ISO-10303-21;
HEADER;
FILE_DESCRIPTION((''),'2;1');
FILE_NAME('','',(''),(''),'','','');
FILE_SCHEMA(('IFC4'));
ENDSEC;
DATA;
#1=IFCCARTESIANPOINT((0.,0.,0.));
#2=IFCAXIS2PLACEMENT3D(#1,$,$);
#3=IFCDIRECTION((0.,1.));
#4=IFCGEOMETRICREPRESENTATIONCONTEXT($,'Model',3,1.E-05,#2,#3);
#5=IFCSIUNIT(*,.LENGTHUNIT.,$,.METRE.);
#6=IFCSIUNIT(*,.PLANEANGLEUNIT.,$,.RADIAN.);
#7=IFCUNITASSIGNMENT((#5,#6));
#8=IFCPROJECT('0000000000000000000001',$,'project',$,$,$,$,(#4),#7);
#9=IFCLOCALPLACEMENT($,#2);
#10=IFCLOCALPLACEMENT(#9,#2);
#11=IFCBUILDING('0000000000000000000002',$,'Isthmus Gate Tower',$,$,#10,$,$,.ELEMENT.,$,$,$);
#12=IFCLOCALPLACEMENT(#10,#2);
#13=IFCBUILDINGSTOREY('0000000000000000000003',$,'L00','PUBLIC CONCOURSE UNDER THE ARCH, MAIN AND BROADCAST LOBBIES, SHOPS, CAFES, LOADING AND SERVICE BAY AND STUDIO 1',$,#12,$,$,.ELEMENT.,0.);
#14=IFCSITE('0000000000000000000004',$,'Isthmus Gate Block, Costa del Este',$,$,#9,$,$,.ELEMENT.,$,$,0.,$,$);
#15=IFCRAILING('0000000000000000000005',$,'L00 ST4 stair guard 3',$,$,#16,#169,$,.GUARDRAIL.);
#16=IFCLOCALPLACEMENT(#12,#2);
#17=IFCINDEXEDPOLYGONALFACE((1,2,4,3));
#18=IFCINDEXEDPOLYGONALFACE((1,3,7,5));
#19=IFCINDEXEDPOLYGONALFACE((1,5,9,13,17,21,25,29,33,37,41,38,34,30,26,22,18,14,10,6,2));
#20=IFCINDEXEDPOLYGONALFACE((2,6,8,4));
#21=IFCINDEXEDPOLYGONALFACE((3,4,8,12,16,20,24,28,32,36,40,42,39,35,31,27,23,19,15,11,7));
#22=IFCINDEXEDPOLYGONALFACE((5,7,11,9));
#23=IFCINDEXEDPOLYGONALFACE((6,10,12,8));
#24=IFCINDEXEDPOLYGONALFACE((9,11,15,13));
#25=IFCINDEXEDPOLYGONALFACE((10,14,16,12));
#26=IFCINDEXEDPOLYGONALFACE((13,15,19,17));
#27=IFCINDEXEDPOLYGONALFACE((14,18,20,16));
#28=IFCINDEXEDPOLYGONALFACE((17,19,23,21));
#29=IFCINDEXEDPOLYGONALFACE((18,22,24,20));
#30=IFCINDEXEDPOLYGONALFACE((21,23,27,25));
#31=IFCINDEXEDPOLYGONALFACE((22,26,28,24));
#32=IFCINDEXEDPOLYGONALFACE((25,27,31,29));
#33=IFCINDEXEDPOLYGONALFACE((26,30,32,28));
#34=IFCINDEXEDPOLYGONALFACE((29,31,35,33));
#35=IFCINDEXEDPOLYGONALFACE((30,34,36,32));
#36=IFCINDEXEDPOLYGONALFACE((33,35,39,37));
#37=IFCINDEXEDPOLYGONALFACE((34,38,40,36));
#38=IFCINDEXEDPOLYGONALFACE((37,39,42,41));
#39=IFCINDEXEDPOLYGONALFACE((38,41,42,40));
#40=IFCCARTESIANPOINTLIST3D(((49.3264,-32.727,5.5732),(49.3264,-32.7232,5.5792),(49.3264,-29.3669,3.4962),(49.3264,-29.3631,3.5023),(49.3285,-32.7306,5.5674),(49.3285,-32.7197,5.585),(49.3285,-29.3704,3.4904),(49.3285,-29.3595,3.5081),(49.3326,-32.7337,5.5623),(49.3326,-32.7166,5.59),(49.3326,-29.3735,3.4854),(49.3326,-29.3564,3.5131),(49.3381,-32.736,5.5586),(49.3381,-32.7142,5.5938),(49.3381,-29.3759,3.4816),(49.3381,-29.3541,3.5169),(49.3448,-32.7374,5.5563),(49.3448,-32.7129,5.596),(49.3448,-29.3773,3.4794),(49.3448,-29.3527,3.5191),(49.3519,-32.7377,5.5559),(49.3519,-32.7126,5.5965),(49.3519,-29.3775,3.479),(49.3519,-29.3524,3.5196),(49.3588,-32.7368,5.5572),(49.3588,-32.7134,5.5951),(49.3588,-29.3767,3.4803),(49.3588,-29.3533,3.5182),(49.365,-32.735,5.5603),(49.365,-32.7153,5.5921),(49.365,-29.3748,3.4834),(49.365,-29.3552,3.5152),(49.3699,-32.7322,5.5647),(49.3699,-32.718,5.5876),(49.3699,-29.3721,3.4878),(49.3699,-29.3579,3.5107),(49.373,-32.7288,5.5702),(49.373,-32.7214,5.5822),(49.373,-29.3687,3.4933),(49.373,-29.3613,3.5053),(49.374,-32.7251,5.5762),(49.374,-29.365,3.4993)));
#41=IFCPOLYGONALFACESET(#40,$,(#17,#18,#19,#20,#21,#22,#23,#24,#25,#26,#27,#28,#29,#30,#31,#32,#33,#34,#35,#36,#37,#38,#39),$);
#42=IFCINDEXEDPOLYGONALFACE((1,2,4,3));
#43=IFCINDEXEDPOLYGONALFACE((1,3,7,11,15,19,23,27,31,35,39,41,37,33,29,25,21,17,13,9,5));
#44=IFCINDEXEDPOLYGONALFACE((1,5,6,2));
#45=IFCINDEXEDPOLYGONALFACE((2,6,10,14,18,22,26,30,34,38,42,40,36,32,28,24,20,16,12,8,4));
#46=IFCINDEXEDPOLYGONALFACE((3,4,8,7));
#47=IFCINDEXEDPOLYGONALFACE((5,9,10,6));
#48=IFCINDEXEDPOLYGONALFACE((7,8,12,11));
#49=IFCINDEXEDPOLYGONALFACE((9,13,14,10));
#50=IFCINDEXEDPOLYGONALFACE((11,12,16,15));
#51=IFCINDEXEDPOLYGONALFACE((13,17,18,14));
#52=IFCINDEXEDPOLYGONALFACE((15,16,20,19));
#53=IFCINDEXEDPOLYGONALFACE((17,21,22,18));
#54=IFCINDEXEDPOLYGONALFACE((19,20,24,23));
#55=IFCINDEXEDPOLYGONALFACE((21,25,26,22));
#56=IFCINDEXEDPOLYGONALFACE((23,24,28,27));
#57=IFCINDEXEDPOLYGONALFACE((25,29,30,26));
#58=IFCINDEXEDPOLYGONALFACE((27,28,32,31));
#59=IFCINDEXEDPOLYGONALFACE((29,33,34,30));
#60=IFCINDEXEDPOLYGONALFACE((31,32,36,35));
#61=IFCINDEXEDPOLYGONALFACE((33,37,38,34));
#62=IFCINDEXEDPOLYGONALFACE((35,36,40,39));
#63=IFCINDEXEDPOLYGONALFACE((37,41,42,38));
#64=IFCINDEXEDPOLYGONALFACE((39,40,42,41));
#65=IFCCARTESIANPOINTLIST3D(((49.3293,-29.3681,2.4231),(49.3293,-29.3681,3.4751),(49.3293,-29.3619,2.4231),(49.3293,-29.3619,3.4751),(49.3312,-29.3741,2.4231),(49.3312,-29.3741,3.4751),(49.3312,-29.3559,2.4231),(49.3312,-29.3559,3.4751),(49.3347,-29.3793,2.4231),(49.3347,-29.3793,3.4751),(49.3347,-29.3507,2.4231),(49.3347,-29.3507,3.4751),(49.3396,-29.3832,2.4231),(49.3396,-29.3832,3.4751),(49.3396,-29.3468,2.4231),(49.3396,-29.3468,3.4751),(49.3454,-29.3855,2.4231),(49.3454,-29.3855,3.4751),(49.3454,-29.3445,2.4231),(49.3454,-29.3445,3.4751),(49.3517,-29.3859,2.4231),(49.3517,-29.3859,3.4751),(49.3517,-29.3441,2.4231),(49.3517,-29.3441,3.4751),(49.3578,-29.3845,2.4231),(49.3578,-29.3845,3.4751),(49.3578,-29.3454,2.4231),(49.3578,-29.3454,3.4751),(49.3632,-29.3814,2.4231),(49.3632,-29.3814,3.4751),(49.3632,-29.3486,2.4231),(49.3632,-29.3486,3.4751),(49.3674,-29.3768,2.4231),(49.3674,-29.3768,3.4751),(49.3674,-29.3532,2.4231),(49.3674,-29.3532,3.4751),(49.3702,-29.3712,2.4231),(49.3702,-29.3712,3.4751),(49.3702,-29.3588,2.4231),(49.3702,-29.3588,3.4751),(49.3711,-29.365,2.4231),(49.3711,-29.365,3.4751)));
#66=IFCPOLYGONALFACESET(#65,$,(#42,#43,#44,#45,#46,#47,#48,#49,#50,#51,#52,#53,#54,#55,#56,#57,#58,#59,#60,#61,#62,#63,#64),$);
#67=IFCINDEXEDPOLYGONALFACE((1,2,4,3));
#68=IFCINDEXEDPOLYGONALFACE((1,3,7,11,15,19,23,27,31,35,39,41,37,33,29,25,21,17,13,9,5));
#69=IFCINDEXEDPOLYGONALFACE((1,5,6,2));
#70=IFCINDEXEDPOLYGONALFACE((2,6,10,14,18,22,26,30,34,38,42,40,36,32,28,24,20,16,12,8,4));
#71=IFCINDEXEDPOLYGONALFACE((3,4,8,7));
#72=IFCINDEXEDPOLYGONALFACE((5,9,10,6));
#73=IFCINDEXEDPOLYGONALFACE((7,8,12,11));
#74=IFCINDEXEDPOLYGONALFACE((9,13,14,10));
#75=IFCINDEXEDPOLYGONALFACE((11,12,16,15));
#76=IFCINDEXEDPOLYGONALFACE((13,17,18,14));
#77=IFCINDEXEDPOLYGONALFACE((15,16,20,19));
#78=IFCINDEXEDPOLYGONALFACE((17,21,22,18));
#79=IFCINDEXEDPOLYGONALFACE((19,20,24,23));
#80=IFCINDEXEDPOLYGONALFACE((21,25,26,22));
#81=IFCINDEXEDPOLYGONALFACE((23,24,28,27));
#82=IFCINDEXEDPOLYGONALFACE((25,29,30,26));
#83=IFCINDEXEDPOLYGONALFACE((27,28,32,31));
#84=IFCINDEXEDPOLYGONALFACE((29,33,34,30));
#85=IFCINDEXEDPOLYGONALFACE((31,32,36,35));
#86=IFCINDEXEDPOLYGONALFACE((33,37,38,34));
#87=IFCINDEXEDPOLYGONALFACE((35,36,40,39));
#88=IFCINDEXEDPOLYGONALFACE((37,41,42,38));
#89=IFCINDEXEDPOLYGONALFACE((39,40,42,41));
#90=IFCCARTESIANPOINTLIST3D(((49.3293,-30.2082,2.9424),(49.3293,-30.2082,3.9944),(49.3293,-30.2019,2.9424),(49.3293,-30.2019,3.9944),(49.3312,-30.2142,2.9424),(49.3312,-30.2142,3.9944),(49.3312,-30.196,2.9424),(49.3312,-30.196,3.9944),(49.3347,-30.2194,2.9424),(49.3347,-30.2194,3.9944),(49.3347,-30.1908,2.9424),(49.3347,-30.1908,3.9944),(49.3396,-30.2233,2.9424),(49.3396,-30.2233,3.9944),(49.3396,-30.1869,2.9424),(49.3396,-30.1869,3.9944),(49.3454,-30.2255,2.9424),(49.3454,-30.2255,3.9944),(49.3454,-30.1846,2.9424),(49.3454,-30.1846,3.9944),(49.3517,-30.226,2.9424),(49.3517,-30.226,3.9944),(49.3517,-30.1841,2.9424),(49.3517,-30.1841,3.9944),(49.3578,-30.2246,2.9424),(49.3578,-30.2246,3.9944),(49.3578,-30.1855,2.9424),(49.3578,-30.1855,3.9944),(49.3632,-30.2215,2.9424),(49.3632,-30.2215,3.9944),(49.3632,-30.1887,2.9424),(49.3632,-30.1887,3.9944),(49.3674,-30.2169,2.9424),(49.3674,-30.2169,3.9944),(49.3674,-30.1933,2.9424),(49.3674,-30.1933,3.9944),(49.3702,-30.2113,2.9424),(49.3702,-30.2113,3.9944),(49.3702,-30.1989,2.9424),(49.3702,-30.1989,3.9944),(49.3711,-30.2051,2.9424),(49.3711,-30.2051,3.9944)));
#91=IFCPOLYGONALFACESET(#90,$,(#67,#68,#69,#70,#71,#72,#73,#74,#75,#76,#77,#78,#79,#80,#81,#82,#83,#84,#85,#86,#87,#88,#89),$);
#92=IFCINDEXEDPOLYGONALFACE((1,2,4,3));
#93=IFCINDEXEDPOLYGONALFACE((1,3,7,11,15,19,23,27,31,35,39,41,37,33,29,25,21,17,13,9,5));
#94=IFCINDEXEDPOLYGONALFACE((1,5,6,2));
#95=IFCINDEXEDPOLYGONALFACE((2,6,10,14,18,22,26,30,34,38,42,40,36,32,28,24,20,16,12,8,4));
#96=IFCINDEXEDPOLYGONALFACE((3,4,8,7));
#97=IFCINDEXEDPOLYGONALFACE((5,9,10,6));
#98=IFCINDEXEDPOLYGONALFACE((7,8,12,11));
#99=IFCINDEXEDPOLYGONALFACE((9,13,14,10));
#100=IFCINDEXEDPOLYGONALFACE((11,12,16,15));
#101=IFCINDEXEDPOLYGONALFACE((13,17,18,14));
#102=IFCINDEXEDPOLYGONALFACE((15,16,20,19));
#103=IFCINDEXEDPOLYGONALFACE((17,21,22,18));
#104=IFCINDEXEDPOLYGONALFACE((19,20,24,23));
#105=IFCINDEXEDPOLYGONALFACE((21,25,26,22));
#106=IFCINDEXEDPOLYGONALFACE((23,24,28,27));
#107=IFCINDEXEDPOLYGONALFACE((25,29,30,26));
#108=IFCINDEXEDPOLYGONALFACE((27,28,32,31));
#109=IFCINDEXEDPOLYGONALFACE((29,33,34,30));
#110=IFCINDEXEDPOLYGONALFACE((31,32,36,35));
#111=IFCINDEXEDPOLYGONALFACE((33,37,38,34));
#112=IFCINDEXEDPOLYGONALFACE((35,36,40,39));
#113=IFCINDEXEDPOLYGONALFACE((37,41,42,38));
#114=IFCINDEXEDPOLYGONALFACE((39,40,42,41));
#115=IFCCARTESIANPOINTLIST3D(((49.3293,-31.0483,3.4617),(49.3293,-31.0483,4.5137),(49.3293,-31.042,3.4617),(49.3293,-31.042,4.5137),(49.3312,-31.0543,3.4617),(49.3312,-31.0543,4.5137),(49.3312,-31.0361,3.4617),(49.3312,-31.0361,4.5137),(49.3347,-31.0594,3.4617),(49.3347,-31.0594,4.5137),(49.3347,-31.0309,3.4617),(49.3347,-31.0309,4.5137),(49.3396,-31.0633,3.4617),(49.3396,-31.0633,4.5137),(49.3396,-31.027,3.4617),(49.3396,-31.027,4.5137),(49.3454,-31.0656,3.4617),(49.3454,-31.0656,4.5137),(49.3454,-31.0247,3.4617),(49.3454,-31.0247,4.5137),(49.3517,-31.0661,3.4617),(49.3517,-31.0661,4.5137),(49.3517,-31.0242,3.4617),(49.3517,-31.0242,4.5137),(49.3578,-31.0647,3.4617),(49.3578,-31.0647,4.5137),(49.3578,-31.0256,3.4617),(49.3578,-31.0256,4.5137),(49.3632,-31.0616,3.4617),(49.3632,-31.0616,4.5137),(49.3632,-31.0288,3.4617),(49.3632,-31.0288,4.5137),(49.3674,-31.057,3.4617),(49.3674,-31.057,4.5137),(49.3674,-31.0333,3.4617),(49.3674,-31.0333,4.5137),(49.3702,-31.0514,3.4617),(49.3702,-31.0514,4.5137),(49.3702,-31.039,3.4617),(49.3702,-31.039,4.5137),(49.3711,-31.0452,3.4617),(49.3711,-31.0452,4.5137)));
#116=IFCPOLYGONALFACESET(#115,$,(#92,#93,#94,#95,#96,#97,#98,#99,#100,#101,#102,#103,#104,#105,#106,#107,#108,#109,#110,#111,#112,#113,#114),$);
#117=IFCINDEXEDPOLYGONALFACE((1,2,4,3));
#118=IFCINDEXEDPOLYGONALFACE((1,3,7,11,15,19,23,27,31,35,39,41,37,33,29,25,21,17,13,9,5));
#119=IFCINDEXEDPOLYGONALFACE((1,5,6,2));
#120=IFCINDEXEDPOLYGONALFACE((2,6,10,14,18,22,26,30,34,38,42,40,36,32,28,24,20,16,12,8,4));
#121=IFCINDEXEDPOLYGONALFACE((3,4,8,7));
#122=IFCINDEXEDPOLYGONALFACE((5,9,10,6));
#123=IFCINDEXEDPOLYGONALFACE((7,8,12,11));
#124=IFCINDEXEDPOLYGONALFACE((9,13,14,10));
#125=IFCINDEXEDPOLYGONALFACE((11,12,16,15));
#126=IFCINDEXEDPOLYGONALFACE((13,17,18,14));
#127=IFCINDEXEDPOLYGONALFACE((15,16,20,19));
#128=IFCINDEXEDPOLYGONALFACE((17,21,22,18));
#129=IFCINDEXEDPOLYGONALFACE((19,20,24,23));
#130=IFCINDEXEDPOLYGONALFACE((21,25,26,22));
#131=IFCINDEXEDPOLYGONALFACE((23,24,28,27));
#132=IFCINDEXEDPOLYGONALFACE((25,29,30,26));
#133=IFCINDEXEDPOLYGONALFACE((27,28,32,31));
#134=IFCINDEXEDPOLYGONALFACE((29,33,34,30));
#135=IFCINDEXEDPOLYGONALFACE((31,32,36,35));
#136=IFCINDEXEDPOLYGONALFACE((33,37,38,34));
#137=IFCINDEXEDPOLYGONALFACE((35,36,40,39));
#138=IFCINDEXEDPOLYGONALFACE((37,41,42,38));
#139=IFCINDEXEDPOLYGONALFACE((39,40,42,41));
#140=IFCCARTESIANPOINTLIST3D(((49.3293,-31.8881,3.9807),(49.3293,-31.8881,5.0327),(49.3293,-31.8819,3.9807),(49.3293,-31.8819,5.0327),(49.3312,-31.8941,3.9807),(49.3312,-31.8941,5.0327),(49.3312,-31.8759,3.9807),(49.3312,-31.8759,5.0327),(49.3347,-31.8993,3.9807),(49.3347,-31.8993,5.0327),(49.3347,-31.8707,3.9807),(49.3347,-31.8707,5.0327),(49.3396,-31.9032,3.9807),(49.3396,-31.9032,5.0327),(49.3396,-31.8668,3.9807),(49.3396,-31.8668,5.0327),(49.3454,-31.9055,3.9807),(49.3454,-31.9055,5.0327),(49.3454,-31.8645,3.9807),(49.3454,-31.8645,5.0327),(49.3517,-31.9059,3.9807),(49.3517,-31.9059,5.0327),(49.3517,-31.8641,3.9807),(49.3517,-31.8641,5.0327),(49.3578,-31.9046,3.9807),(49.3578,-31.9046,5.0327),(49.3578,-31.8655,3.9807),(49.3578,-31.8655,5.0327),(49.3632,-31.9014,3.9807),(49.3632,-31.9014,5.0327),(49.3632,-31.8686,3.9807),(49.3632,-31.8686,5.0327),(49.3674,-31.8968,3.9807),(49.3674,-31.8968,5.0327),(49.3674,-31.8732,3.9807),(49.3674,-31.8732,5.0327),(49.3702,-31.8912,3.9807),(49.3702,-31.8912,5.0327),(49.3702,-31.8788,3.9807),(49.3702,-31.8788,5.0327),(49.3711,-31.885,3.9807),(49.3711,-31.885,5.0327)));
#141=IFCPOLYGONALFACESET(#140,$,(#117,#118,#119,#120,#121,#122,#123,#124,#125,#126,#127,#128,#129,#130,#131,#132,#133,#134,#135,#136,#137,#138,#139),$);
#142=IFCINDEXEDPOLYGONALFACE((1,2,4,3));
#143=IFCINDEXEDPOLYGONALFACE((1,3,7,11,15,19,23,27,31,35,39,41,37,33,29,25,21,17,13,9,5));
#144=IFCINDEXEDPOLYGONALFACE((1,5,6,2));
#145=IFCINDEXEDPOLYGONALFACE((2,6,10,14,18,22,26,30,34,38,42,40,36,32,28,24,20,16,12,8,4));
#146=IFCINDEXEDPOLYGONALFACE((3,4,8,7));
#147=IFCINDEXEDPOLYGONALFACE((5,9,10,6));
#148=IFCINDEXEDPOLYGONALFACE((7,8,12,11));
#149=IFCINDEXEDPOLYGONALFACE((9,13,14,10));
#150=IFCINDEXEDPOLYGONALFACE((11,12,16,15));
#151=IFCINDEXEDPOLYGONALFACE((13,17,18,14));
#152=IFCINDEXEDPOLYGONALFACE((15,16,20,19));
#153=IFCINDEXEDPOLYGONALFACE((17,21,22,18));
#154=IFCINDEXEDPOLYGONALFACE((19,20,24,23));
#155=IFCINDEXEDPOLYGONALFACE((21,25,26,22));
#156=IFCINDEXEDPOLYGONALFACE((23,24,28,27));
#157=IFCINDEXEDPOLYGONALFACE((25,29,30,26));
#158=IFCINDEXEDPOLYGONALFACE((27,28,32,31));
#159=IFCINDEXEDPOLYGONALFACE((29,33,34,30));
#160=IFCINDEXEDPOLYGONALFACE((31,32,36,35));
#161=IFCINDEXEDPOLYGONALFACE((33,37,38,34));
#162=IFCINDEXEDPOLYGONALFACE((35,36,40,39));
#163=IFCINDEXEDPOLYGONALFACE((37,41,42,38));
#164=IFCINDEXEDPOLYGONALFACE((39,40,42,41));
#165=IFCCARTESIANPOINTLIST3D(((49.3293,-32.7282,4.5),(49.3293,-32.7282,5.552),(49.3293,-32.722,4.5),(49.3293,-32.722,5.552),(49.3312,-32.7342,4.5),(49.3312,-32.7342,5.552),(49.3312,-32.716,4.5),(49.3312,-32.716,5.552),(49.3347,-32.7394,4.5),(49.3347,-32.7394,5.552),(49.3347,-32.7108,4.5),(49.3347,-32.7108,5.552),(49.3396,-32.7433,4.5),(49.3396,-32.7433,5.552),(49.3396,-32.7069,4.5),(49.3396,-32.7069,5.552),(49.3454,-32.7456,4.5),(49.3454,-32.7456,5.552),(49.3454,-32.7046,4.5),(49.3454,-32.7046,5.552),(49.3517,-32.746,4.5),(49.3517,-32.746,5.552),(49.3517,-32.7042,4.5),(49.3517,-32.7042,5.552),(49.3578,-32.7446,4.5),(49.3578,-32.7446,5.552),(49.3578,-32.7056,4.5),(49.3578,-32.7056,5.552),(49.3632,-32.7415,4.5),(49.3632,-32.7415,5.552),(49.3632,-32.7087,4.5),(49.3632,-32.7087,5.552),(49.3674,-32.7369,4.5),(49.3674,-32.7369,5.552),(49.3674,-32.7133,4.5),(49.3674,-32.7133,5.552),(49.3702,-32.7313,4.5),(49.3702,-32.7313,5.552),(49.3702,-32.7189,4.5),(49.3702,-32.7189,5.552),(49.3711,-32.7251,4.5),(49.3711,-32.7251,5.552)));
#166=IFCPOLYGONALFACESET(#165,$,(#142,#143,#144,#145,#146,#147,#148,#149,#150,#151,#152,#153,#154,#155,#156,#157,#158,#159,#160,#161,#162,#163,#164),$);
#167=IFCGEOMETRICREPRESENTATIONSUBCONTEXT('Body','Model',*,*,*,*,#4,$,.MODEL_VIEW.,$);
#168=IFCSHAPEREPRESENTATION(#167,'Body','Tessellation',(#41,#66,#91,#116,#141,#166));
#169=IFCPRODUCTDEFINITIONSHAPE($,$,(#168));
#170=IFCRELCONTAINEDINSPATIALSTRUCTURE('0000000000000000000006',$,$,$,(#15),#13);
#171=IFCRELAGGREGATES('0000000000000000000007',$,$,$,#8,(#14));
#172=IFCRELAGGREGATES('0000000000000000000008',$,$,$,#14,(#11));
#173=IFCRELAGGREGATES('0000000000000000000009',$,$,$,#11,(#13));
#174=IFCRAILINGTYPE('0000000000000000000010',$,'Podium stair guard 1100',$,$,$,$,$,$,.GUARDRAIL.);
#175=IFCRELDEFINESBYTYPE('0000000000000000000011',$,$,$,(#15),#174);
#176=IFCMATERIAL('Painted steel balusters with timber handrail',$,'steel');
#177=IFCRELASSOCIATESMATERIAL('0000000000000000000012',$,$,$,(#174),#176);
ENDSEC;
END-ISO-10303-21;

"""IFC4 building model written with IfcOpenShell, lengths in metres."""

from ifc_helpers import new_model, si_unit, direction, frame, origin, origin_2d, place, context, subcontext, project, spatial, circle, extrude, material, type_object, element, save


model = new_model("IFC4")

# Units and contexts
model_context = context("Model", 3, precision=1e-05, world=origin(), true_north=direction((0.0, 1.0)))
body_context = subcontext(model_context, "Body", "Model", "MODEL_VIEW")
ifc_project = project(units=[si_unit("LENGTHUNIT", "METRE"), si_unit("PLANEANGLEUNIT", "RADIAN")], contexts=[model_context])

# Site, building, storey
site_placement = place(None, origin())
site = spatial("IfcSite", under=ifc_project, at=site_placement, Name="Isthmus Gate Block, Costa del Este", CompositionType="ELEMENT", RefElevation=0.0)
building_placement = place(site_placement, origin())
building = spatial("IfcBuilding", under=site, at=building_placement, Name="Isthmus Gate Tower", CompositionType="ELEMENT")
storey_placement = place(building_placement, origin())
storey = spatial("IfcBuildingStorey", under=building, at=storey_placement, Name="L00", Description="PUBLIC CONCOURSE UNDER THE ARCH, MAIN AND BROADCAST LOBBIES, SHOPS, CAFES, LOADING AND SERVICE BAY AND STUDIO 1", CompositionType="ELEMENT", Elevation=0.0)

# Railing
ifc_material_1 = material(Name="Painted steel balusters with timber handrail", Category="steel")
railing_type_1 = type_object("IfcRailingType", Name="Podium stair guard 1100", PredefinedType="GUARDRAIL", material=ifc_material_1)
railing_1_placement = place(storey_placement, frame((49.3501, -29.365, 2.4231)))
element("IfcRailing", 1, at=railing_1_placement, inside=storey, type_object=railing_type_1, Name="L00 ST4 stair guard 3", PredefinedType="GUARDRAIL", context=body_context, shape_type="SweptSolid", body=[
    extrude(circle(Radius=0.0239, at=origin_2d()), frame((0.0, 0.0, 1.0762), z_axis=(0.0, -0.850623, 0.525776), x_axis=(1.0, 0.0, 0.0)), (0.0, 0.0, 1.0), 3.9502),
    extrude(circle(Radius=0.021, at=origin_2d()), origin(), (0.0, 0.0, 1.0), 1.052),
    extrude(circle(Radius=0.021, at=origin_2d()), frame((0.0, -0.8401, 0.5193)), (0.0, 0.0, 1.0), 1.052),
    extrude(circle(Radius=0.021, at=origin_2d()), frame((0.0, -1.6802, 1.0386)), (0.0, 0.0, 1.0), 1.052),
    extrude(circle(Radius=0.021, at=origin_2d()), frame((0.0, -2.52, 1.5576)), (0.0, 0.0, 1.0), 1.052),
    extrude(circle(Radius=0.021, at=origin_2d()), frame((0.0, -3.3601, 2.0769)), (0.0, 0.0, 1.0), 1.052),
])

save(model, "model.ifc")
